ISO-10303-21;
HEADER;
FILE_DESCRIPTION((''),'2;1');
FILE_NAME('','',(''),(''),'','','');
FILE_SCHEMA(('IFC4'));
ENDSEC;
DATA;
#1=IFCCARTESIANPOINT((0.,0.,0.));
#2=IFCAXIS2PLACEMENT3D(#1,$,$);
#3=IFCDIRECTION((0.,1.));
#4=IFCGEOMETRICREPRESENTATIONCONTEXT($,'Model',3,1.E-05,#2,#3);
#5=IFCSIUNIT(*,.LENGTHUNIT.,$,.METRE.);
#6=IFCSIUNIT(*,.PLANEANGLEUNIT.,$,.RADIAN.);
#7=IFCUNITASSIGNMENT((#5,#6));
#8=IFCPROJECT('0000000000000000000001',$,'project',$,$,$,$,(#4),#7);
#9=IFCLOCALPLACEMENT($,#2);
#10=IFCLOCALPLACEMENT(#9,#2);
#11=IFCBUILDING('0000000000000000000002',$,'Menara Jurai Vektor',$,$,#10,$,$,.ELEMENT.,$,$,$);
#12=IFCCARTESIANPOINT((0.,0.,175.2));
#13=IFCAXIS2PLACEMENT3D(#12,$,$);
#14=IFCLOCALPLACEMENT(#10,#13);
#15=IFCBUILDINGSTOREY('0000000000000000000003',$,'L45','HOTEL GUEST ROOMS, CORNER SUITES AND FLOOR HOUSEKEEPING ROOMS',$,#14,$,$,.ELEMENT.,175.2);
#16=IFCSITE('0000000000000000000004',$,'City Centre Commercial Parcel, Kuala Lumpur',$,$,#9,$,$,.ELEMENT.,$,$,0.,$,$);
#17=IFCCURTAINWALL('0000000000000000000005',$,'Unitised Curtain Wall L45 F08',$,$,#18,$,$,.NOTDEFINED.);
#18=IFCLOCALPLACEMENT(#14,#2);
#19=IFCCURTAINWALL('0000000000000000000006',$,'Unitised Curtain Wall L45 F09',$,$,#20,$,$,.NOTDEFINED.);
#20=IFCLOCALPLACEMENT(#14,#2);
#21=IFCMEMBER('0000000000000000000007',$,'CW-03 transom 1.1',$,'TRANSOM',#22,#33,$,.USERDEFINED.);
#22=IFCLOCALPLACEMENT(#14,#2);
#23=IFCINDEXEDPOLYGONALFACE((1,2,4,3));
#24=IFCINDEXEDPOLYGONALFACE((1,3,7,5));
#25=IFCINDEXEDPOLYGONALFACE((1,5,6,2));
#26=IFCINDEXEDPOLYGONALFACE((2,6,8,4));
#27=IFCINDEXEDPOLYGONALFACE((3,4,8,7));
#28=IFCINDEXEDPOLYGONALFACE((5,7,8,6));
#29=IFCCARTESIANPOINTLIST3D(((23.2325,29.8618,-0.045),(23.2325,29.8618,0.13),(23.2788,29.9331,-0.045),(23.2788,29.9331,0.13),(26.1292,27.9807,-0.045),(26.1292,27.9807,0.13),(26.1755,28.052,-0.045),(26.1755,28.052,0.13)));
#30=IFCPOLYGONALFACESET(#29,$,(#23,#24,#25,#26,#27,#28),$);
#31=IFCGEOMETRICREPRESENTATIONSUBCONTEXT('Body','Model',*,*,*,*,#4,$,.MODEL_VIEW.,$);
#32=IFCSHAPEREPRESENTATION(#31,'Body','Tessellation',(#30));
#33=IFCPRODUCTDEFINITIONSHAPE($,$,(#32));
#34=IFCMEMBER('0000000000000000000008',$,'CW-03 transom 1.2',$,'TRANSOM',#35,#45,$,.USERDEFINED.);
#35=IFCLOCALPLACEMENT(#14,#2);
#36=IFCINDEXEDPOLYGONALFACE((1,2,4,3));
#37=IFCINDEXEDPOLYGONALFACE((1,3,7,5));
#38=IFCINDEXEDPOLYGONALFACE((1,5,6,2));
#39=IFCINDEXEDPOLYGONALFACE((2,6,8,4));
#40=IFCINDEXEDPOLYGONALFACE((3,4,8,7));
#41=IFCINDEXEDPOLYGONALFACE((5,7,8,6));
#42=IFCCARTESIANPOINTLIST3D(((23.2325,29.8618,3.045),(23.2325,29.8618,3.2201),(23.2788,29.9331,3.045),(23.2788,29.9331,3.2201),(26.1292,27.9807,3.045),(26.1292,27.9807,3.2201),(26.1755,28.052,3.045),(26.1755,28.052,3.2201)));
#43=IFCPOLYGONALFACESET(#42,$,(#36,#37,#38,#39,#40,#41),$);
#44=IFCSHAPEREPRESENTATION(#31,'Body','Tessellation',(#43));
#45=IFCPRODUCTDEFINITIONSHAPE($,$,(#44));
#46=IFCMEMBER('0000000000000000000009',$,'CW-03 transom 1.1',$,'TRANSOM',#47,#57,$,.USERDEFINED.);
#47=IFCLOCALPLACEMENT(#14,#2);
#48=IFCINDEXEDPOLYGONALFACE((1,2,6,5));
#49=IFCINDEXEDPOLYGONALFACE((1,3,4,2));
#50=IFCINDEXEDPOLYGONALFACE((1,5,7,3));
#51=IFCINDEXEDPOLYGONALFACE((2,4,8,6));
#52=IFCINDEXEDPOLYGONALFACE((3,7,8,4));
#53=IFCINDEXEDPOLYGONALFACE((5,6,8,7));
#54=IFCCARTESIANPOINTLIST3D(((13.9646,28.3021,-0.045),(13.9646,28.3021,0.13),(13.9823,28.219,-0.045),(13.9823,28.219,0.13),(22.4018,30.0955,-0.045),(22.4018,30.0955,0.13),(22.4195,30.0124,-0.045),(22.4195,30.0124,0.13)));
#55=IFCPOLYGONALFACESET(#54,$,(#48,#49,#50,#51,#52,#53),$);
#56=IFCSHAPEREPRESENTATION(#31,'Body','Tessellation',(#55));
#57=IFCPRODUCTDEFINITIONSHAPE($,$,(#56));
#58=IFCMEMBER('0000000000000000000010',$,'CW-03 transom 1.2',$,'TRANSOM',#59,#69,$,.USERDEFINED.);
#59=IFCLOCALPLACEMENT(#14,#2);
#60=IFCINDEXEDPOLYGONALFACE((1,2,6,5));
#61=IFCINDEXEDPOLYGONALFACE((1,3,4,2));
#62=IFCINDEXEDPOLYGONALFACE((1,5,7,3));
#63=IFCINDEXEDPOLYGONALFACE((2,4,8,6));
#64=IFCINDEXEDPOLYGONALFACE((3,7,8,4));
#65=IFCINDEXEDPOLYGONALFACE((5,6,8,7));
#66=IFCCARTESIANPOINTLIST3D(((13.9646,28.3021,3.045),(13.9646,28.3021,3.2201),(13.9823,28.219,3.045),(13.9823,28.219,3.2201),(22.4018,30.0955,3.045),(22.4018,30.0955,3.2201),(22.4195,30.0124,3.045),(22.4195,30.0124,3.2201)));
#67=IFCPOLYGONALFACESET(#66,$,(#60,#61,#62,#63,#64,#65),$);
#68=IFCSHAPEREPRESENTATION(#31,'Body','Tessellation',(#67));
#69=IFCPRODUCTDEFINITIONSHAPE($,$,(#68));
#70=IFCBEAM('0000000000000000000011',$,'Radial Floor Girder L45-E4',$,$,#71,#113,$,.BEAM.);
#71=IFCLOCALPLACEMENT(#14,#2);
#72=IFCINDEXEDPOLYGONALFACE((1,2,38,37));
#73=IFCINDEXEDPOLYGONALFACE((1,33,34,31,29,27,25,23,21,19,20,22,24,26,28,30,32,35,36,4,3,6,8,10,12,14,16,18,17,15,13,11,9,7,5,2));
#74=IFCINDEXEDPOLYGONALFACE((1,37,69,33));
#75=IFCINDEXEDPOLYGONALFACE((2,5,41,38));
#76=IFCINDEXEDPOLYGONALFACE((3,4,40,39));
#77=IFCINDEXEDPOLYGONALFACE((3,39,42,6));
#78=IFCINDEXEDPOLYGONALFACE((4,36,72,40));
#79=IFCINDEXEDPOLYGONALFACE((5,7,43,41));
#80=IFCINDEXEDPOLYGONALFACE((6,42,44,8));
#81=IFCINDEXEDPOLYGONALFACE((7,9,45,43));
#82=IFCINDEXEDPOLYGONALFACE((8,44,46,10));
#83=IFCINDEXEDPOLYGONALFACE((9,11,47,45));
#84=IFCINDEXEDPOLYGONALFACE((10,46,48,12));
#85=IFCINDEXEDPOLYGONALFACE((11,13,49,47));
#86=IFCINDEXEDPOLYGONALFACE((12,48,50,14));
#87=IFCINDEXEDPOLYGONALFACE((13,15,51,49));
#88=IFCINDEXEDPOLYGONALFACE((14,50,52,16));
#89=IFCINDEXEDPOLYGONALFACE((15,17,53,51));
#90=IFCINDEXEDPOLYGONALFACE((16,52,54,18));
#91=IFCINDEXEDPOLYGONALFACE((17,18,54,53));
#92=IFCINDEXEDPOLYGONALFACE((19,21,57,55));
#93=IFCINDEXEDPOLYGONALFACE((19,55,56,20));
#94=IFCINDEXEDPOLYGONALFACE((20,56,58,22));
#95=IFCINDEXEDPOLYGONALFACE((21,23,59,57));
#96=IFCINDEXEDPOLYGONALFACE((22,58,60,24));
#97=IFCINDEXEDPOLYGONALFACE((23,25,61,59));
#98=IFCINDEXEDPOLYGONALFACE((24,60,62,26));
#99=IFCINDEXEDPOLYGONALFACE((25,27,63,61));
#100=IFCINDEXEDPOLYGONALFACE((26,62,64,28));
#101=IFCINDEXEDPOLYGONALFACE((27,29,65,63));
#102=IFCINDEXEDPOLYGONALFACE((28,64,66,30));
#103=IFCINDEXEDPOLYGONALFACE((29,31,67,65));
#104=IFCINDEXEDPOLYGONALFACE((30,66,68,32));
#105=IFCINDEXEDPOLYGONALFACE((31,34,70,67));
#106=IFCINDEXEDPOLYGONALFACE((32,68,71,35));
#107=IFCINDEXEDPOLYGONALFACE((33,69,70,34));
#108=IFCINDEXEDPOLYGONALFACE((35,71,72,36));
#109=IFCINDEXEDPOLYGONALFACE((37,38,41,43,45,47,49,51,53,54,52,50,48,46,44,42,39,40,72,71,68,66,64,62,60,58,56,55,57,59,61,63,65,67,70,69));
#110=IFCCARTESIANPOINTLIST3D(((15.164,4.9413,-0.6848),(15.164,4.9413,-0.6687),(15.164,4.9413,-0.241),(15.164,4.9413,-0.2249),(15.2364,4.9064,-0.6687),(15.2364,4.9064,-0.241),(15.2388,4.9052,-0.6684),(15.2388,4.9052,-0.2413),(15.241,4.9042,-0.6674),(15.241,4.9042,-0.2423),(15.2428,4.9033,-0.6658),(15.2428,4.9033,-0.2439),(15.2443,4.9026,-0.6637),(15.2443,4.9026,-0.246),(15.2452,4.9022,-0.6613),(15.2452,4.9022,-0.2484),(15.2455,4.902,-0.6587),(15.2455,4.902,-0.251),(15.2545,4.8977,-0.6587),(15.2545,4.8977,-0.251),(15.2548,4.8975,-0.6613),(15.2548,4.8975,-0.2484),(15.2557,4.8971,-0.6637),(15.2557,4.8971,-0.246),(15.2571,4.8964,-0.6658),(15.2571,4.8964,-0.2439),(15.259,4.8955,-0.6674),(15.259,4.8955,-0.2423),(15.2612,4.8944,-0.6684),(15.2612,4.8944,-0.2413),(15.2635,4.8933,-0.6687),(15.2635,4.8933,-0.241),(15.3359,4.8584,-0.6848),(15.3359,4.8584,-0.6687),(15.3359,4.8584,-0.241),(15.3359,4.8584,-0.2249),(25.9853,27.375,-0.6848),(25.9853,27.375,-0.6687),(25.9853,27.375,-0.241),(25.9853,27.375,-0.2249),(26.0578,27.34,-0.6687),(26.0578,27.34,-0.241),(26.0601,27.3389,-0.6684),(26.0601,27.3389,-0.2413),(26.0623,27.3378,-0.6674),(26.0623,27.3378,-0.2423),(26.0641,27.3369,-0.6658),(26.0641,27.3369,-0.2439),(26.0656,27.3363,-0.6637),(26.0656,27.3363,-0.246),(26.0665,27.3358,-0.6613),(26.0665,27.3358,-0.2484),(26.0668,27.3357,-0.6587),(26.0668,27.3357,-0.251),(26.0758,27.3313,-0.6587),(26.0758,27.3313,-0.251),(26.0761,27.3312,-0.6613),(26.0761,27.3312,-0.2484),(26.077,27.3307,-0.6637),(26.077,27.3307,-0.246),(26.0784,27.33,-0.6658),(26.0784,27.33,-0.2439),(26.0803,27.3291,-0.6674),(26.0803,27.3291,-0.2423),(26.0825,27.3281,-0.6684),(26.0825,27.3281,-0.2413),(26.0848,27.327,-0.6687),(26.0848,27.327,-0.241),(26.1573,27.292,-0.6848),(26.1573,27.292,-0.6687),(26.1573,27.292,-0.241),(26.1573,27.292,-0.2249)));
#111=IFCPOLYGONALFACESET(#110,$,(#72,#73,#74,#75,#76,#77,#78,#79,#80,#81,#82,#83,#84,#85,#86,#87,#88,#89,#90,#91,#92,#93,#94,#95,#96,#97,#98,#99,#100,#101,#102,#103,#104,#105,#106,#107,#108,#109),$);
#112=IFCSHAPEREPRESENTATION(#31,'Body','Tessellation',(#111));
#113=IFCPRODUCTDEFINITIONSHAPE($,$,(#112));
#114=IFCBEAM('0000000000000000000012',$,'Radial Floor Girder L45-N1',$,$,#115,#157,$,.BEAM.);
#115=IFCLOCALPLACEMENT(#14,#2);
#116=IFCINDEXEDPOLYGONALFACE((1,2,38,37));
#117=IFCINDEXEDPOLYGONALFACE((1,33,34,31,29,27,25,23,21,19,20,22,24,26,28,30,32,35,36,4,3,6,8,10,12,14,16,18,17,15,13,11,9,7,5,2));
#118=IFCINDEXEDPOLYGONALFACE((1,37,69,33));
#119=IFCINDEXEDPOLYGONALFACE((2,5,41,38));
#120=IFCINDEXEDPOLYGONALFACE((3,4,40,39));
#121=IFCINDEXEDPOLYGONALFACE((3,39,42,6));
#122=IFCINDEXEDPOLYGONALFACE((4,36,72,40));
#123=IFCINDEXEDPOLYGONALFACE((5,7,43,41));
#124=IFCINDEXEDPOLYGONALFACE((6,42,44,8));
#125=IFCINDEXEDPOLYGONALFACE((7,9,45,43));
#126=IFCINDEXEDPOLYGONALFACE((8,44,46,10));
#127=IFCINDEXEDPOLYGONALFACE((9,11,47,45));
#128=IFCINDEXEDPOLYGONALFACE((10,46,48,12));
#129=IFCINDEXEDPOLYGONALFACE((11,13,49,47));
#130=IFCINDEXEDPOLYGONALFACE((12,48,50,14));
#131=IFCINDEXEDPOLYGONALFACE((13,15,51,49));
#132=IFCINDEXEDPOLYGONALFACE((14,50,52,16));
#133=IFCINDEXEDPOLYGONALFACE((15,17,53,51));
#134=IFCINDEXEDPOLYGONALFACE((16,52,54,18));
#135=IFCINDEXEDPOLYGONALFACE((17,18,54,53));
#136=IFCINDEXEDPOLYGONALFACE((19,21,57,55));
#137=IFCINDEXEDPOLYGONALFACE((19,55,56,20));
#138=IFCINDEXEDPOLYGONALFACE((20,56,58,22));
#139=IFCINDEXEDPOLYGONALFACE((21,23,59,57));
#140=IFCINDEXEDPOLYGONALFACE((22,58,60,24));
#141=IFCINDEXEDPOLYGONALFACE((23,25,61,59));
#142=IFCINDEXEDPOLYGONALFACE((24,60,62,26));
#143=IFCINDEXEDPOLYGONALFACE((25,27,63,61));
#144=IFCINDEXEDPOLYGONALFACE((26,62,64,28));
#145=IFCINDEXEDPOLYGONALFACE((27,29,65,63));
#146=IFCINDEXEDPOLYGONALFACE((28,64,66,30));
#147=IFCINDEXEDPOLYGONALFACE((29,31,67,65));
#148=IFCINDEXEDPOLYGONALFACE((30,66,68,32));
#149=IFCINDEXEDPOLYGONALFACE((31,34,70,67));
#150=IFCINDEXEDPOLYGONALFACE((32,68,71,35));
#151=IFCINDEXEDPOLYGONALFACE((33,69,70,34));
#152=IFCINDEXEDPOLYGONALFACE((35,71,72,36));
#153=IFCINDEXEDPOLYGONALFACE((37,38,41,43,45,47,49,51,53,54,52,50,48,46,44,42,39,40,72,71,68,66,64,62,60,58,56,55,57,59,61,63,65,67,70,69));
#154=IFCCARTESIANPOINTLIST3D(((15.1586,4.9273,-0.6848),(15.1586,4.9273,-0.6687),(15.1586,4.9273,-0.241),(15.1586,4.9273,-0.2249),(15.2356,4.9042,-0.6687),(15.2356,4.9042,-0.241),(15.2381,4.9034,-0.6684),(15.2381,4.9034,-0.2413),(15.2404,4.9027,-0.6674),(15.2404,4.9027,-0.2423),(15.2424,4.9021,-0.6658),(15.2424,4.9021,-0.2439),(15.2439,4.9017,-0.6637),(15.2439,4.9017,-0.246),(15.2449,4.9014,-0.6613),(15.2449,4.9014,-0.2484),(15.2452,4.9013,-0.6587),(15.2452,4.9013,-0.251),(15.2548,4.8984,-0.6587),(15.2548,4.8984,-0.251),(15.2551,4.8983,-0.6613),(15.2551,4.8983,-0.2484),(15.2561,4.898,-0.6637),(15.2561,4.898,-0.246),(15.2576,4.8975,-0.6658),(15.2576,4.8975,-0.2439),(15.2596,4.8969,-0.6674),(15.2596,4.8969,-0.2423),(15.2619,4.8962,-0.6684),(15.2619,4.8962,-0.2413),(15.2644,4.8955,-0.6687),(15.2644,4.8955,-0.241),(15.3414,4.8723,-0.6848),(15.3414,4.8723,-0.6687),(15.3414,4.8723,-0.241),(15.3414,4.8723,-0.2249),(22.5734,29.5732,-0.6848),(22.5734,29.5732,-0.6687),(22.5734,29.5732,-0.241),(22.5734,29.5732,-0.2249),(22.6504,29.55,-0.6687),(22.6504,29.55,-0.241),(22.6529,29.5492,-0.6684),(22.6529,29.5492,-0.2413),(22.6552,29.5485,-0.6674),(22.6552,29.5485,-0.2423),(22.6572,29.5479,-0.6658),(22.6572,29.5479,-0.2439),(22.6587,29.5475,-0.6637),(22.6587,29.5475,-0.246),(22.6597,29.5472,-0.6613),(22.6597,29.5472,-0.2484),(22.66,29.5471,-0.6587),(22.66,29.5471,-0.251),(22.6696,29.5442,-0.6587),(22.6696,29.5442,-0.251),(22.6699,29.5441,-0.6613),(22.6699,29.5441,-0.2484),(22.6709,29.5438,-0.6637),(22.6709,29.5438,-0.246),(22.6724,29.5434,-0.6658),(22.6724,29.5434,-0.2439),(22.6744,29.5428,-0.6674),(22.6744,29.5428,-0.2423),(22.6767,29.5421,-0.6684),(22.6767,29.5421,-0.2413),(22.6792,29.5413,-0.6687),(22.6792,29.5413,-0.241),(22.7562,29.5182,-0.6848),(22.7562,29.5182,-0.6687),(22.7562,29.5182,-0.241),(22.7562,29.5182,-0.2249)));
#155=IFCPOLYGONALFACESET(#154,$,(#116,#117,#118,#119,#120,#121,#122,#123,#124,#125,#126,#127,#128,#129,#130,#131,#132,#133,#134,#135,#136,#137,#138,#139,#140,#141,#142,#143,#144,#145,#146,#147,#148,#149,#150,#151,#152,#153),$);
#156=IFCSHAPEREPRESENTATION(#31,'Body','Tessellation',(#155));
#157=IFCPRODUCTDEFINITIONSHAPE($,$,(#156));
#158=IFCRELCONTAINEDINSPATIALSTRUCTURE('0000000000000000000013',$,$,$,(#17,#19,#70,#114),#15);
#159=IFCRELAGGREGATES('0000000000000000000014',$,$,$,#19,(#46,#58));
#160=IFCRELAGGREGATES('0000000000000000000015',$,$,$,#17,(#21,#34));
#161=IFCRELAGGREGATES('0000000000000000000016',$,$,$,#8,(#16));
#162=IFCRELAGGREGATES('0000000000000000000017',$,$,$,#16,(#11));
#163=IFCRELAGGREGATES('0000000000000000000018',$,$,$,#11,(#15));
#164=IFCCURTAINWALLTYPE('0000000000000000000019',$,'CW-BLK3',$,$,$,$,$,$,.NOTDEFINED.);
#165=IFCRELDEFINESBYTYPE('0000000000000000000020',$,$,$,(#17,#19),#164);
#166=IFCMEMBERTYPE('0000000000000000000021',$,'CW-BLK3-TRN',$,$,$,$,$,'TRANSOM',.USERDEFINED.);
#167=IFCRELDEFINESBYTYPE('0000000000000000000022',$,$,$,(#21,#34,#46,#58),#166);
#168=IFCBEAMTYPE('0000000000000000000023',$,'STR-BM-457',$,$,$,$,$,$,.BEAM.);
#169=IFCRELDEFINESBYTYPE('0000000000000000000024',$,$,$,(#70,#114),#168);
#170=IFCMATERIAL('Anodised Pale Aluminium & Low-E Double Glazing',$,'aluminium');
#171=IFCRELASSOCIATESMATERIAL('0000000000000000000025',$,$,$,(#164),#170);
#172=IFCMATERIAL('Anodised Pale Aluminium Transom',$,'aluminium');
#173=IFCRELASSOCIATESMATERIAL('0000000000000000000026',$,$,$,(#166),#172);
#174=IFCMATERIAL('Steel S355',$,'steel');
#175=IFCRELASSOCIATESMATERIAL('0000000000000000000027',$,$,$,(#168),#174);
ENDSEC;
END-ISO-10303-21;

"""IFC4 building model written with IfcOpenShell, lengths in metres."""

from ifc_helpers import new_model, si_unit, direction, frame, origin, origin_2d, place, context, subcontext, project, spatial, rectangle, i_section, extrude, material, material_profile, profile_set, type_object, element, aggregate, save


model = new_model("IFC4")

# Units and contexts
model_context = context("Model", 3, precision=1e-05, world=origin(), true_north=direction((0.0, 1.0)))
body_context = subcontext(model_context, "Body", "Model", "MODEL_VIEW")
ifc_project = project(units=[si_unit("LENGTHUNIT", "METRE"), si_unit("PLANEANGLEUNIT", "RADIAN")], contexts=[model_context])

# Site, building, storey
site_placement = place(None, origin())
site = spatial("IfcSite", under=ifc_project, at=site_placement, Name="City Centre Commercial Parcel, Kuala Lumpur", CompositionType="ELEMENT", RefElevation=0.0)
building_placement = place(site_placement, origin())
building = spatial("IfcBuilding", under=site, at=building_placement, Name="Menara Jurai Vektor", CompositionType="ELEMENT")
storey_placement = place(building_placement, frame((0.0, 0.0, 175.2)))
storey = spatial("IfcBuildingStorey", under=building, at=storey_placement, Name="L45", Description="HOTEL GUEST ROOMS, CORNER SUITES AND FLOOR HOUSEKEEPING ROOMS", CompositionType="ELEMENT", Elevation=175.2)

# Curtain wall
ifc_material_1 = material(Name="Anodised Pale Aluminium & Low-E Double Glazing", Category="aluminium")
curtain_wall_type = type_object("IfcCurtainWallType", Name="CW-BLK3", PredefinedType="NOTDEFINED", material=ifc_material_1)
curtain_wall_1_placement = place(storey_placement, origin())
curtain_wall_1 = element("IfcCurtainWall", 1, at=curtain_wall_1_placement, inside=storey, type_object=curtain_wall_type, Name="Unitised Curtain Wall L45 F08", PredefinedType="NOTDEFINED")

# Curtain wall
curtain_wall_2_placement = place(storey_placement, origin())
curtain_wall_2 = element("IfcCurtainWall", 2, at=curtain_wall_2_placement, inside=storey, type_object=curtain_wall_type, Name="Unitised Curtain Wall L45 F09", PredefinedType="NOTDEFINED")

# Members
ifc_material_2 = material(Name="Anodised Pale Aluminium Transom", Category="aluminium")
ifc_material_profile_1 = material_profile(ifc_material_2, rectangle(XDim=0.085, YDim=0.175, at=origin_2d()), Name="ALU TRN 85x175")
ifc_profile_set_1 = profile_set([ifc_material_profile_1], Name="Anodised Pale Aluminium Transom")
member_type_1 = type_object("IfcMemberType", Name="CW-BLK3-TRN", ElementType="TRANSOM", PredefinedType="USERDEFINED", material=ifc_profile_set_1)
member_1_placement = place(storey_placement, frame((26.1523, 28.0164, 0.0425), z_axis=(-0.838678, 0.544628, 0.0), x_axis=(-0.544628, -0.838678, 0.0)))
member_1 = element("IfcMember", 3, at=member_1_placement, type_object=member_type_1, Name="CW-03 transom 1.1", ObjectType="TRANSOM", PredefinedType="USERDEFINED", context=body_context, shape_type="SweptSolid", body=[
    extrude(rectangle(XDim=0.085, YDim=0.175, at=origin_2d()), origin(), (0.0, 0.0, 1.0), 3.4539),
])
member_2_placement = place(storey_placement, frame((26.1523, 28.0164, 3.1326), z_axis=(-0.838678, 0.544628, 0.0), x_axis=(-0.544628, -0.838678, 0.0)))
member_2 = element("IfcMember", 4, at=member_2_placement, type_object=member_type_1, Name="CW-03 transom 1.2", ObjectType="TRANSOM", PredefinedType="USERDEFINED", context=body_context, shape_type="SweptSolid", body=[
    extrude(rectangle(XDim=0.085, YDim=0.175, at=origin_2d()), origin(), (0.0, 0.0, 1.0), 3.4539),
])
member_3_placement = place(storey_placement, frame((22.4106, 30.054, 0.0425), z_axis=(-0.978146, -0.207919, 0.0), x_axis=(0.207919, -0.978146, 0.0)))
member_3 = element("IfcMember", 5, at=member_3_placement, type_object=member_type_1, Name="CW-03 transom 1.1", ObjectType="TRANSOM", PredefinedType="USERDEFINED", context=body_context, shape_type="SweptSolid", body=[
    extrude(rectangle(XDim=0.085, YDim=0.175, at=origin_2d()), origin(), (0.0, 0.0, 1.0), 8.6257),
])
member_4_placement = place(storey_placement, frame((22.4106, 30.054, 3.1326), z_axis=(-0.978146, -0.207919, 0.0), x_axis=(0.207919, -0.978146, 0.0)))
member_4 = element("IfcMember", 6, at=member_4_placement, type_object=member_type_1, Name="CW-03 transom 1.2", ObjectType="TRANSOM", PredefinedType="USERDEFINED", context=body_context, shape_type="SweptSolid", body=[
    extrude(rectangle(XDim=0.085, YDim=0.175, at=origin_2d()), origin(), (0.0, 0.0, 1.0), 8.6257),
])

# Beams
ifc_material_3 = material(Name="Steel S355", Category="steel")
ifc_material_profile_2 = material_profile(ifc_material_3, i_section(OverallWidth=0.1909, OverallDepth=0.46, WebThickness=0.01, FlangeThickness=0.0161, FilletRadius=0.01, at=origin_2d()), Name="UKB 457x191x82")
ifc_profile_set_2 = profile_set([ifc_material_profile_2], Name="Steel S355")
beam_type_1 = type_object("IfcBeamType", Name="STR-BM-457", PredefinedType="BEAM", material=ifc_profile_set_2)
beam_1_placement = place(storey_placement, frame((26.0713, 27.3335, -0.4548), z_axis=(-0.434465, -0.900689, 0.0), x_axis=(0.900689, -0.434465, 0.0)))
element("IfcBeam", 7, at=beam_1_placement, inside=storey, type_object=beam_type_1, Name="Radial Floor Girder L45-E4", PredefinedType="BEAM", context=body_context, shape_type="SweptSolid", body=[
    extrude(i_section(OverallWidth=0.1909, OverallDepth=0.46, WebThickness=0.01, FlangeThickness=0.0161, FilletRadius=0.01, at=origin_2d()), origin(), (0.0, 0.0, 1.0), 24.9072),
])
beam_2_placement = place(storey_placement, frame((22.6648, 29.5457, -0.4548), z_axis=(-0.288099, -0.957601, 0.0), x_axis=(0.957601, -0.288099, 0.0)))
element("IfcBeam", 8, at=beam_2_placement, inside=storey, type_object=beam_type_1, Name="Radial Floor Girder L45-N1", PredefinedType="BEAM", context=body_context, shape_type="SweptSolid", body=[
    extrude(i_section(OverallWidth=0.1909, OverallDepth=0.46, WebThickness=0.01, FlangeThickness=0.0161, FilletRadius=0.01, at=origin_2d()), origin(), (0.0, 0.0, 1.0), 25.7371),
])

aggregate(curtain_wall_2, [member_3, member_4])
aggregate(curtain_wall_1, [member_1, member_2])

save(model, "model.ifc")
